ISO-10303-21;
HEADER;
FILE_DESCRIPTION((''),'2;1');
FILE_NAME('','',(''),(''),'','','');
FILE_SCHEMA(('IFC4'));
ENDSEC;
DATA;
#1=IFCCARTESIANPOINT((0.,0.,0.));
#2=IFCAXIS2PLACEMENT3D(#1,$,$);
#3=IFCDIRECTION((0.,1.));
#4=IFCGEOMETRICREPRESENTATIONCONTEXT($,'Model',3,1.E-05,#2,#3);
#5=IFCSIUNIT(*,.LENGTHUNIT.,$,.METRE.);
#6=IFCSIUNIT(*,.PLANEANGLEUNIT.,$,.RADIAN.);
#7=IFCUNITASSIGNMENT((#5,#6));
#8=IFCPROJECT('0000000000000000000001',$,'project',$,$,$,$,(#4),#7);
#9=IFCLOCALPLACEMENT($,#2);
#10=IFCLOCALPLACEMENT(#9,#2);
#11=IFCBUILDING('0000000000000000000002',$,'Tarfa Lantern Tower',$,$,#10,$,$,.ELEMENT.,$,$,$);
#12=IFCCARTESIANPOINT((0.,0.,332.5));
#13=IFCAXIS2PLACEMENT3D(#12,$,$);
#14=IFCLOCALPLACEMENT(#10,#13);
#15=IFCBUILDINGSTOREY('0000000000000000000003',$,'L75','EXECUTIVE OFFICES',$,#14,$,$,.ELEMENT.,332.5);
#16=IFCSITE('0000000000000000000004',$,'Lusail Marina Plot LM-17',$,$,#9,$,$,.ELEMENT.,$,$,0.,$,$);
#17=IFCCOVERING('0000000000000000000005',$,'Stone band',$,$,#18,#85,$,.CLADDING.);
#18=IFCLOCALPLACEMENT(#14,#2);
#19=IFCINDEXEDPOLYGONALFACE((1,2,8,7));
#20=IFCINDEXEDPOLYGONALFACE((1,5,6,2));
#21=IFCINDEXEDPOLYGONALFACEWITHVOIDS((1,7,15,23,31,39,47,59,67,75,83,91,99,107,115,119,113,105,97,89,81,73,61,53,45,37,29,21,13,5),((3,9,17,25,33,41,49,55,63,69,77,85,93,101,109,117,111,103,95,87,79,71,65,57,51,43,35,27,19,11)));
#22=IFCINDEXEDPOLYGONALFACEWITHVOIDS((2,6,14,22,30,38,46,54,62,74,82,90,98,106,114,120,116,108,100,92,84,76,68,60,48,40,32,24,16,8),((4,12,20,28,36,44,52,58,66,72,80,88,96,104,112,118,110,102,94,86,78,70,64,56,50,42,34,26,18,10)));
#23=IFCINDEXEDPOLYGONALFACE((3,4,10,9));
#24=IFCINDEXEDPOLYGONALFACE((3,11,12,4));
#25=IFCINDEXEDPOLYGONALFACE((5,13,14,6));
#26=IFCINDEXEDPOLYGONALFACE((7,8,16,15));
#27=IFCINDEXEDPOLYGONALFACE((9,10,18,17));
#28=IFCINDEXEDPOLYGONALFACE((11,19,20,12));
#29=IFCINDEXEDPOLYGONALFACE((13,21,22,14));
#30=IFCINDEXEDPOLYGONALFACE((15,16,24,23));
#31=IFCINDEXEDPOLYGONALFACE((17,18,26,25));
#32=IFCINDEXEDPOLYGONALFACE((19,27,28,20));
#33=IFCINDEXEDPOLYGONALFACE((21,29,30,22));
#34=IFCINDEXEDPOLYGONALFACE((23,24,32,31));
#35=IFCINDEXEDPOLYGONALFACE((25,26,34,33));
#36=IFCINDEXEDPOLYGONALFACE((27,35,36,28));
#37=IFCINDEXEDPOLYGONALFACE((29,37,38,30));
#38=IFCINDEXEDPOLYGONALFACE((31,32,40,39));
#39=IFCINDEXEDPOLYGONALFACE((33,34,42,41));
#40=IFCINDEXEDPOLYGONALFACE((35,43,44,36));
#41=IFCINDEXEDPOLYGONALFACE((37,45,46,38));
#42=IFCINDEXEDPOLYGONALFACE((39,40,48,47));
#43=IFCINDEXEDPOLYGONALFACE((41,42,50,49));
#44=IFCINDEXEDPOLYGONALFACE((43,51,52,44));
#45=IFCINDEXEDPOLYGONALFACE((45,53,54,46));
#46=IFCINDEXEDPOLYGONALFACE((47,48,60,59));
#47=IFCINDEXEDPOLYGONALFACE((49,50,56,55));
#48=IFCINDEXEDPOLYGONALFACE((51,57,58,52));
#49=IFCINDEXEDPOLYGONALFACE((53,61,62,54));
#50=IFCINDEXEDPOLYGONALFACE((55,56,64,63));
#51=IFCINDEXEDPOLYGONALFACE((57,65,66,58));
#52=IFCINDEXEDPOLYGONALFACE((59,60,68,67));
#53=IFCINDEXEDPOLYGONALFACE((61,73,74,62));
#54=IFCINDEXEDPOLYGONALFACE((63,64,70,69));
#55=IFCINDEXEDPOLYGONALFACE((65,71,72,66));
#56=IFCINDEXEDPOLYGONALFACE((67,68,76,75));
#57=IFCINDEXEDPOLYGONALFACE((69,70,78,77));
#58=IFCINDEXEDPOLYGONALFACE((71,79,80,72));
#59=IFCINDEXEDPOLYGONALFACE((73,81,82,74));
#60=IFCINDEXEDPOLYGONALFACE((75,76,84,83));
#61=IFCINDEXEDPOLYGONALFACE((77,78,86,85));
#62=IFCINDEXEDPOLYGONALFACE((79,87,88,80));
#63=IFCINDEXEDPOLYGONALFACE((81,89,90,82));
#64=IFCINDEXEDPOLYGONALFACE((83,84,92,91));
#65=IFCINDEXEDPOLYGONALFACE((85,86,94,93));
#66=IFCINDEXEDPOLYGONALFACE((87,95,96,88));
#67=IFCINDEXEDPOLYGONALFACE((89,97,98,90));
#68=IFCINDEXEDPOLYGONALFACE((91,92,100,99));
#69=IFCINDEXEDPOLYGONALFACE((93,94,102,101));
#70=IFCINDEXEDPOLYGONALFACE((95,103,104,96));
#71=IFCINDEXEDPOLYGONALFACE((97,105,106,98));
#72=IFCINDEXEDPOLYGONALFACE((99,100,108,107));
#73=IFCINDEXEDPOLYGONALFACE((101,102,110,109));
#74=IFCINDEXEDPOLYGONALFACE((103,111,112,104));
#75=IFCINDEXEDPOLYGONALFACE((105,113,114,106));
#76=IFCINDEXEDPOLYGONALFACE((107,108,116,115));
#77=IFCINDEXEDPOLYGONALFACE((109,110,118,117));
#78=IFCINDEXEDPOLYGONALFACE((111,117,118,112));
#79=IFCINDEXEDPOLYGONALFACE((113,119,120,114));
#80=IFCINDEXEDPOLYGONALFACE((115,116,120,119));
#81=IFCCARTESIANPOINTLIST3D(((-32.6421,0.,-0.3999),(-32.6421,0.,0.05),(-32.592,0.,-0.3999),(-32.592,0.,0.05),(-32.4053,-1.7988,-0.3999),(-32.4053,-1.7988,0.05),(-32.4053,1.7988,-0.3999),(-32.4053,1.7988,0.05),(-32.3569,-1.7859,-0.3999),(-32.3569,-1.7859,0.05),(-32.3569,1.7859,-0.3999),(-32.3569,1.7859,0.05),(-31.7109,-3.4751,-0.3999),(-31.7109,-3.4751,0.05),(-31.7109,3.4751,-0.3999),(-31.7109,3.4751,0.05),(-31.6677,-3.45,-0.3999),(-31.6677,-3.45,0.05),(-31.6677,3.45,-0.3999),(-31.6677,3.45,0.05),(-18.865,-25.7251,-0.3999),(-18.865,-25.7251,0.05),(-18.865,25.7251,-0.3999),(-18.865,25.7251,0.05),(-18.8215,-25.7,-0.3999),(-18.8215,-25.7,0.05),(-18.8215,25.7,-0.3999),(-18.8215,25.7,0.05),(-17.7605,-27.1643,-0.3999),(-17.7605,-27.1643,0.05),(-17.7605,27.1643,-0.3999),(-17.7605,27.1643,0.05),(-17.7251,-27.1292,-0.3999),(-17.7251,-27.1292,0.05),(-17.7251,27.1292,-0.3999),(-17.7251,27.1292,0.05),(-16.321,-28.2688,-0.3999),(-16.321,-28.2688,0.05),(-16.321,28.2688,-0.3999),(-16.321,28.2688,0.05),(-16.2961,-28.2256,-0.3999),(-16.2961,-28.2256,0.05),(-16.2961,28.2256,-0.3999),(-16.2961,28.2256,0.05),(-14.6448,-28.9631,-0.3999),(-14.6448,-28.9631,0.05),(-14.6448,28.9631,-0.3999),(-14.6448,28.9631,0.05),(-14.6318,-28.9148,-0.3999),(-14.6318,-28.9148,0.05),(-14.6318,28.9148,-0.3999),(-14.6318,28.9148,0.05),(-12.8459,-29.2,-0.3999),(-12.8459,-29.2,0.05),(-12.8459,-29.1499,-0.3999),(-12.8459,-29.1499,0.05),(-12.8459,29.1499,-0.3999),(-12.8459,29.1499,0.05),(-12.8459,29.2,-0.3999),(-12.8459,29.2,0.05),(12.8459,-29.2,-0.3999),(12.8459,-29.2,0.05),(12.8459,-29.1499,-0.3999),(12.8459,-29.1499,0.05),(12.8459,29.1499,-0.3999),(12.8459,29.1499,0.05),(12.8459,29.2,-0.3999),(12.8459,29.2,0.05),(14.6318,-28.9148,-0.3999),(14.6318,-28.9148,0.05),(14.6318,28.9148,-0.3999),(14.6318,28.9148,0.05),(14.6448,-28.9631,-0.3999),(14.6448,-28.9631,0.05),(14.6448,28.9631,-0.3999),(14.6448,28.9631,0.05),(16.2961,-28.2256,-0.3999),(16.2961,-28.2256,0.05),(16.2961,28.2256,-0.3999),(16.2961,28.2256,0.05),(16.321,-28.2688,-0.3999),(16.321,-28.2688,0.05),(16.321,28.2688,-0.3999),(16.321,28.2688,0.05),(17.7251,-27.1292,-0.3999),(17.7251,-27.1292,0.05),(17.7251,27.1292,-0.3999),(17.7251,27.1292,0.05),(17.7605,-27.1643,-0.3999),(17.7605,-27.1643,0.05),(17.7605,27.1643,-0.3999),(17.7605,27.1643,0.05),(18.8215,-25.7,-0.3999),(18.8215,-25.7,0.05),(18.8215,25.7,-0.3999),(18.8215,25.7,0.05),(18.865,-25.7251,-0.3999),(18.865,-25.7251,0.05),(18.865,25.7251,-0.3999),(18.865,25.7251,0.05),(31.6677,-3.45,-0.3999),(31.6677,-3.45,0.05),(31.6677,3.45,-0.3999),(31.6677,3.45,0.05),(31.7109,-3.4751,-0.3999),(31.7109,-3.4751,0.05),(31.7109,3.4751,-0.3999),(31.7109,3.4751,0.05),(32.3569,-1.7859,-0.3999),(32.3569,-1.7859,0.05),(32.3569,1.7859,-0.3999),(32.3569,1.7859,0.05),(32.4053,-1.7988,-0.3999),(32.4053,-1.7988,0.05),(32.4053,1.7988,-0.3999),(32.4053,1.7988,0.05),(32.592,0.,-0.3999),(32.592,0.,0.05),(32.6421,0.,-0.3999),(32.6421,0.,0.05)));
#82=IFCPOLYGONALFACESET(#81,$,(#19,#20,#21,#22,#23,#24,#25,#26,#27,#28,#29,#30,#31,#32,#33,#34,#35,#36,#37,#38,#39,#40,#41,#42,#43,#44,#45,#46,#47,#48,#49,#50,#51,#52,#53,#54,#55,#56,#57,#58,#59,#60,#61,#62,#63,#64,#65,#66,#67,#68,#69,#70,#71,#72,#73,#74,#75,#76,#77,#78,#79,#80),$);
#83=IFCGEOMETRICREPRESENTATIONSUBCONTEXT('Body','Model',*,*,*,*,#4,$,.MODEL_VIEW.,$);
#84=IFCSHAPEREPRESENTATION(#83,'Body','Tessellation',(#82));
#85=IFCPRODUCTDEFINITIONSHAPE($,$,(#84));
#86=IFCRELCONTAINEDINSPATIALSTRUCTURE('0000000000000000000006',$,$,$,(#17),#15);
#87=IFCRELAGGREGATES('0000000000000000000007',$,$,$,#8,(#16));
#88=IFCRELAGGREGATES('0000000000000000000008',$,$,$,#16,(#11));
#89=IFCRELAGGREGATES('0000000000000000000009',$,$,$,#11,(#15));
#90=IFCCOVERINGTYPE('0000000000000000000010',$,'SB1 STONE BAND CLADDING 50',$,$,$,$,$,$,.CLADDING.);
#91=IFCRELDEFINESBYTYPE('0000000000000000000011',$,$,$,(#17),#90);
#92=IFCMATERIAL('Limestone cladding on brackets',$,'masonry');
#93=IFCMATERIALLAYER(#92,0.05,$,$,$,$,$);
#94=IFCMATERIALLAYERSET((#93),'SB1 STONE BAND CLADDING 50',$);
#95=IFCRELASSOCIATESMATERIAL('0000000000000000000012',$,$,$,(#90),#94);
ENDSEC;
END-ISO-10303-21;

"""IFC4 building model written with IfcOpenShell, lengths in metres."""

from ifc_helpers import new_model, si_unit, direction, frame, origin, place, context, subcontext, project, spatial, polyline, outline, extrude, material, layer, layer_set, type_object, element, save


model = new_model("IFC4")

# Units and contexts
model_context = context("Model", 3, precision=1e-05, world=origin(), true_north=direction((0.0, 1.0)))
body_context = subcontext(model_context, "Body", "Model", "MODEL_VIEW")
ifc_project = project(units=[si_unit("LENGTHUNIT", "METRE"), si_unit("PLANEANGLEUNIT", "RADIAN")], contexts=[model_context])

# Site, building, storey
site_placement = place(None, origin())
site = spatial("IfcSite", under=ifc_project, at=site_placement, Name="Lusail Marina Plot LM-17", CompositionType="ELEMENT", RefElevation=0.0)
building_placement = place(site_placement, origin())
building = spatial("IfcBuilding", under=site, at=building_placement, Name="Tarfa Lantern Tower", CompositionType="ELEMENT")
storey_placement = place(building_placement, frame((0.0, 0.0, 332.5)))
storey = spatial("IfcBuildingStorey", under=building, at=storey_placement, Name="L75", Description="EXECUTIVE OFFICES", CompositionType="ELEMENT", Elevation=332.5)

# Covering
ifc_material_1 = material(Name="Limestone cladding on brackets", Category="masonry")
ifc_layer_1 = layer(ifc_material_1, 0.05)
ifc_layer_set_1 = layer_set([ifc_layer_1], Name="SB1 STONE BAND CLADDING 50")
covering_type_1 = type_object("IfcCoveringType", Name="SB1 STONE BAND CLADDING 50", PredefinedType="CLADDING", material=ifc_layer_set_1)
covering_1_placement = place(storey_placement, frame((0.0, 0.0, -0.3999)))
element("IfcCovering", 1, at=covering_1_placement, inside=storey, type_object=covering_type_1, Name="Stone band", PredefinedType="CLADDING", context=body_context, shape_type="SweptSolid", body=[
    extrude(outline(polyline([(31.7109, 3.4751), (18.865, 25.7251), (17.7605, 27.1643), (16.321, 28.2688), (14.6448, 28.9631), (12.8459, 29.2), (-12.8459, 29.2), (-14.6448, 28.9631), (-16.321, 28.2688), (-17.7605, 27.1643), (-18.865, 25.7251), (-31.7109, 3.4751), (-32.4053, 1.7988), (-32.6421, 0.0), (-32.4053, -1.7988), (-31.7109, -3.4751), (-18.865, -25.7251), (-17.7605, -27.1643), (-16.321, -28.2688), (-14.6448, -28.9631), (-12.8459, -29.2), (12.8459, -29.2), (14.6448, -28.9631), (16.321, -28.2688), (17.7605, -27.1643), (18.865, -25.7251), (31.7109, -3.4751), (32.4053, -1.7988), (32.6421, 0.0), (32.4053, 1.7988), (31.7109, 3.4751)]), holes=[polyline([(31.6677, 3.45), (18.8215, 25.7), (17.7251, 27.1292), (16.2961, 28.2256), (14.6318, 28.9148), (12.8459, 29.1499), (-12.8459, 29.1499), (-14.6318, 28.9148), (-16.2961, 28.2256), (-17.7251, 27.1292), (-18.8215, 25.7), (-31.6677, 3.45), (-32.3569, 1.7859), (-32.592, 0.0), (-32.3569, -1.7859), (-31.6677, -3.45), (-18.8215, -25.7), (-17.7251, -27.1292), (-16.2961, -28.2256), (-14.6318, -28.9148), (-12.8459, -29.1499), (12.8459, -29.1499), (14.6318, -28.9148), (16.2961, -28.2256), (17.7251, -27.1292), (18.8215, -25.7), (31.6677, -3.45), (32.3569, -1.7859), (32.592, 0.0), (32.3569, 1.7859), (31.6677, 3.45)])]), origin(), (0.0, 0.0, 1.0), 0.45),
])

save(model, "model.ifc")
